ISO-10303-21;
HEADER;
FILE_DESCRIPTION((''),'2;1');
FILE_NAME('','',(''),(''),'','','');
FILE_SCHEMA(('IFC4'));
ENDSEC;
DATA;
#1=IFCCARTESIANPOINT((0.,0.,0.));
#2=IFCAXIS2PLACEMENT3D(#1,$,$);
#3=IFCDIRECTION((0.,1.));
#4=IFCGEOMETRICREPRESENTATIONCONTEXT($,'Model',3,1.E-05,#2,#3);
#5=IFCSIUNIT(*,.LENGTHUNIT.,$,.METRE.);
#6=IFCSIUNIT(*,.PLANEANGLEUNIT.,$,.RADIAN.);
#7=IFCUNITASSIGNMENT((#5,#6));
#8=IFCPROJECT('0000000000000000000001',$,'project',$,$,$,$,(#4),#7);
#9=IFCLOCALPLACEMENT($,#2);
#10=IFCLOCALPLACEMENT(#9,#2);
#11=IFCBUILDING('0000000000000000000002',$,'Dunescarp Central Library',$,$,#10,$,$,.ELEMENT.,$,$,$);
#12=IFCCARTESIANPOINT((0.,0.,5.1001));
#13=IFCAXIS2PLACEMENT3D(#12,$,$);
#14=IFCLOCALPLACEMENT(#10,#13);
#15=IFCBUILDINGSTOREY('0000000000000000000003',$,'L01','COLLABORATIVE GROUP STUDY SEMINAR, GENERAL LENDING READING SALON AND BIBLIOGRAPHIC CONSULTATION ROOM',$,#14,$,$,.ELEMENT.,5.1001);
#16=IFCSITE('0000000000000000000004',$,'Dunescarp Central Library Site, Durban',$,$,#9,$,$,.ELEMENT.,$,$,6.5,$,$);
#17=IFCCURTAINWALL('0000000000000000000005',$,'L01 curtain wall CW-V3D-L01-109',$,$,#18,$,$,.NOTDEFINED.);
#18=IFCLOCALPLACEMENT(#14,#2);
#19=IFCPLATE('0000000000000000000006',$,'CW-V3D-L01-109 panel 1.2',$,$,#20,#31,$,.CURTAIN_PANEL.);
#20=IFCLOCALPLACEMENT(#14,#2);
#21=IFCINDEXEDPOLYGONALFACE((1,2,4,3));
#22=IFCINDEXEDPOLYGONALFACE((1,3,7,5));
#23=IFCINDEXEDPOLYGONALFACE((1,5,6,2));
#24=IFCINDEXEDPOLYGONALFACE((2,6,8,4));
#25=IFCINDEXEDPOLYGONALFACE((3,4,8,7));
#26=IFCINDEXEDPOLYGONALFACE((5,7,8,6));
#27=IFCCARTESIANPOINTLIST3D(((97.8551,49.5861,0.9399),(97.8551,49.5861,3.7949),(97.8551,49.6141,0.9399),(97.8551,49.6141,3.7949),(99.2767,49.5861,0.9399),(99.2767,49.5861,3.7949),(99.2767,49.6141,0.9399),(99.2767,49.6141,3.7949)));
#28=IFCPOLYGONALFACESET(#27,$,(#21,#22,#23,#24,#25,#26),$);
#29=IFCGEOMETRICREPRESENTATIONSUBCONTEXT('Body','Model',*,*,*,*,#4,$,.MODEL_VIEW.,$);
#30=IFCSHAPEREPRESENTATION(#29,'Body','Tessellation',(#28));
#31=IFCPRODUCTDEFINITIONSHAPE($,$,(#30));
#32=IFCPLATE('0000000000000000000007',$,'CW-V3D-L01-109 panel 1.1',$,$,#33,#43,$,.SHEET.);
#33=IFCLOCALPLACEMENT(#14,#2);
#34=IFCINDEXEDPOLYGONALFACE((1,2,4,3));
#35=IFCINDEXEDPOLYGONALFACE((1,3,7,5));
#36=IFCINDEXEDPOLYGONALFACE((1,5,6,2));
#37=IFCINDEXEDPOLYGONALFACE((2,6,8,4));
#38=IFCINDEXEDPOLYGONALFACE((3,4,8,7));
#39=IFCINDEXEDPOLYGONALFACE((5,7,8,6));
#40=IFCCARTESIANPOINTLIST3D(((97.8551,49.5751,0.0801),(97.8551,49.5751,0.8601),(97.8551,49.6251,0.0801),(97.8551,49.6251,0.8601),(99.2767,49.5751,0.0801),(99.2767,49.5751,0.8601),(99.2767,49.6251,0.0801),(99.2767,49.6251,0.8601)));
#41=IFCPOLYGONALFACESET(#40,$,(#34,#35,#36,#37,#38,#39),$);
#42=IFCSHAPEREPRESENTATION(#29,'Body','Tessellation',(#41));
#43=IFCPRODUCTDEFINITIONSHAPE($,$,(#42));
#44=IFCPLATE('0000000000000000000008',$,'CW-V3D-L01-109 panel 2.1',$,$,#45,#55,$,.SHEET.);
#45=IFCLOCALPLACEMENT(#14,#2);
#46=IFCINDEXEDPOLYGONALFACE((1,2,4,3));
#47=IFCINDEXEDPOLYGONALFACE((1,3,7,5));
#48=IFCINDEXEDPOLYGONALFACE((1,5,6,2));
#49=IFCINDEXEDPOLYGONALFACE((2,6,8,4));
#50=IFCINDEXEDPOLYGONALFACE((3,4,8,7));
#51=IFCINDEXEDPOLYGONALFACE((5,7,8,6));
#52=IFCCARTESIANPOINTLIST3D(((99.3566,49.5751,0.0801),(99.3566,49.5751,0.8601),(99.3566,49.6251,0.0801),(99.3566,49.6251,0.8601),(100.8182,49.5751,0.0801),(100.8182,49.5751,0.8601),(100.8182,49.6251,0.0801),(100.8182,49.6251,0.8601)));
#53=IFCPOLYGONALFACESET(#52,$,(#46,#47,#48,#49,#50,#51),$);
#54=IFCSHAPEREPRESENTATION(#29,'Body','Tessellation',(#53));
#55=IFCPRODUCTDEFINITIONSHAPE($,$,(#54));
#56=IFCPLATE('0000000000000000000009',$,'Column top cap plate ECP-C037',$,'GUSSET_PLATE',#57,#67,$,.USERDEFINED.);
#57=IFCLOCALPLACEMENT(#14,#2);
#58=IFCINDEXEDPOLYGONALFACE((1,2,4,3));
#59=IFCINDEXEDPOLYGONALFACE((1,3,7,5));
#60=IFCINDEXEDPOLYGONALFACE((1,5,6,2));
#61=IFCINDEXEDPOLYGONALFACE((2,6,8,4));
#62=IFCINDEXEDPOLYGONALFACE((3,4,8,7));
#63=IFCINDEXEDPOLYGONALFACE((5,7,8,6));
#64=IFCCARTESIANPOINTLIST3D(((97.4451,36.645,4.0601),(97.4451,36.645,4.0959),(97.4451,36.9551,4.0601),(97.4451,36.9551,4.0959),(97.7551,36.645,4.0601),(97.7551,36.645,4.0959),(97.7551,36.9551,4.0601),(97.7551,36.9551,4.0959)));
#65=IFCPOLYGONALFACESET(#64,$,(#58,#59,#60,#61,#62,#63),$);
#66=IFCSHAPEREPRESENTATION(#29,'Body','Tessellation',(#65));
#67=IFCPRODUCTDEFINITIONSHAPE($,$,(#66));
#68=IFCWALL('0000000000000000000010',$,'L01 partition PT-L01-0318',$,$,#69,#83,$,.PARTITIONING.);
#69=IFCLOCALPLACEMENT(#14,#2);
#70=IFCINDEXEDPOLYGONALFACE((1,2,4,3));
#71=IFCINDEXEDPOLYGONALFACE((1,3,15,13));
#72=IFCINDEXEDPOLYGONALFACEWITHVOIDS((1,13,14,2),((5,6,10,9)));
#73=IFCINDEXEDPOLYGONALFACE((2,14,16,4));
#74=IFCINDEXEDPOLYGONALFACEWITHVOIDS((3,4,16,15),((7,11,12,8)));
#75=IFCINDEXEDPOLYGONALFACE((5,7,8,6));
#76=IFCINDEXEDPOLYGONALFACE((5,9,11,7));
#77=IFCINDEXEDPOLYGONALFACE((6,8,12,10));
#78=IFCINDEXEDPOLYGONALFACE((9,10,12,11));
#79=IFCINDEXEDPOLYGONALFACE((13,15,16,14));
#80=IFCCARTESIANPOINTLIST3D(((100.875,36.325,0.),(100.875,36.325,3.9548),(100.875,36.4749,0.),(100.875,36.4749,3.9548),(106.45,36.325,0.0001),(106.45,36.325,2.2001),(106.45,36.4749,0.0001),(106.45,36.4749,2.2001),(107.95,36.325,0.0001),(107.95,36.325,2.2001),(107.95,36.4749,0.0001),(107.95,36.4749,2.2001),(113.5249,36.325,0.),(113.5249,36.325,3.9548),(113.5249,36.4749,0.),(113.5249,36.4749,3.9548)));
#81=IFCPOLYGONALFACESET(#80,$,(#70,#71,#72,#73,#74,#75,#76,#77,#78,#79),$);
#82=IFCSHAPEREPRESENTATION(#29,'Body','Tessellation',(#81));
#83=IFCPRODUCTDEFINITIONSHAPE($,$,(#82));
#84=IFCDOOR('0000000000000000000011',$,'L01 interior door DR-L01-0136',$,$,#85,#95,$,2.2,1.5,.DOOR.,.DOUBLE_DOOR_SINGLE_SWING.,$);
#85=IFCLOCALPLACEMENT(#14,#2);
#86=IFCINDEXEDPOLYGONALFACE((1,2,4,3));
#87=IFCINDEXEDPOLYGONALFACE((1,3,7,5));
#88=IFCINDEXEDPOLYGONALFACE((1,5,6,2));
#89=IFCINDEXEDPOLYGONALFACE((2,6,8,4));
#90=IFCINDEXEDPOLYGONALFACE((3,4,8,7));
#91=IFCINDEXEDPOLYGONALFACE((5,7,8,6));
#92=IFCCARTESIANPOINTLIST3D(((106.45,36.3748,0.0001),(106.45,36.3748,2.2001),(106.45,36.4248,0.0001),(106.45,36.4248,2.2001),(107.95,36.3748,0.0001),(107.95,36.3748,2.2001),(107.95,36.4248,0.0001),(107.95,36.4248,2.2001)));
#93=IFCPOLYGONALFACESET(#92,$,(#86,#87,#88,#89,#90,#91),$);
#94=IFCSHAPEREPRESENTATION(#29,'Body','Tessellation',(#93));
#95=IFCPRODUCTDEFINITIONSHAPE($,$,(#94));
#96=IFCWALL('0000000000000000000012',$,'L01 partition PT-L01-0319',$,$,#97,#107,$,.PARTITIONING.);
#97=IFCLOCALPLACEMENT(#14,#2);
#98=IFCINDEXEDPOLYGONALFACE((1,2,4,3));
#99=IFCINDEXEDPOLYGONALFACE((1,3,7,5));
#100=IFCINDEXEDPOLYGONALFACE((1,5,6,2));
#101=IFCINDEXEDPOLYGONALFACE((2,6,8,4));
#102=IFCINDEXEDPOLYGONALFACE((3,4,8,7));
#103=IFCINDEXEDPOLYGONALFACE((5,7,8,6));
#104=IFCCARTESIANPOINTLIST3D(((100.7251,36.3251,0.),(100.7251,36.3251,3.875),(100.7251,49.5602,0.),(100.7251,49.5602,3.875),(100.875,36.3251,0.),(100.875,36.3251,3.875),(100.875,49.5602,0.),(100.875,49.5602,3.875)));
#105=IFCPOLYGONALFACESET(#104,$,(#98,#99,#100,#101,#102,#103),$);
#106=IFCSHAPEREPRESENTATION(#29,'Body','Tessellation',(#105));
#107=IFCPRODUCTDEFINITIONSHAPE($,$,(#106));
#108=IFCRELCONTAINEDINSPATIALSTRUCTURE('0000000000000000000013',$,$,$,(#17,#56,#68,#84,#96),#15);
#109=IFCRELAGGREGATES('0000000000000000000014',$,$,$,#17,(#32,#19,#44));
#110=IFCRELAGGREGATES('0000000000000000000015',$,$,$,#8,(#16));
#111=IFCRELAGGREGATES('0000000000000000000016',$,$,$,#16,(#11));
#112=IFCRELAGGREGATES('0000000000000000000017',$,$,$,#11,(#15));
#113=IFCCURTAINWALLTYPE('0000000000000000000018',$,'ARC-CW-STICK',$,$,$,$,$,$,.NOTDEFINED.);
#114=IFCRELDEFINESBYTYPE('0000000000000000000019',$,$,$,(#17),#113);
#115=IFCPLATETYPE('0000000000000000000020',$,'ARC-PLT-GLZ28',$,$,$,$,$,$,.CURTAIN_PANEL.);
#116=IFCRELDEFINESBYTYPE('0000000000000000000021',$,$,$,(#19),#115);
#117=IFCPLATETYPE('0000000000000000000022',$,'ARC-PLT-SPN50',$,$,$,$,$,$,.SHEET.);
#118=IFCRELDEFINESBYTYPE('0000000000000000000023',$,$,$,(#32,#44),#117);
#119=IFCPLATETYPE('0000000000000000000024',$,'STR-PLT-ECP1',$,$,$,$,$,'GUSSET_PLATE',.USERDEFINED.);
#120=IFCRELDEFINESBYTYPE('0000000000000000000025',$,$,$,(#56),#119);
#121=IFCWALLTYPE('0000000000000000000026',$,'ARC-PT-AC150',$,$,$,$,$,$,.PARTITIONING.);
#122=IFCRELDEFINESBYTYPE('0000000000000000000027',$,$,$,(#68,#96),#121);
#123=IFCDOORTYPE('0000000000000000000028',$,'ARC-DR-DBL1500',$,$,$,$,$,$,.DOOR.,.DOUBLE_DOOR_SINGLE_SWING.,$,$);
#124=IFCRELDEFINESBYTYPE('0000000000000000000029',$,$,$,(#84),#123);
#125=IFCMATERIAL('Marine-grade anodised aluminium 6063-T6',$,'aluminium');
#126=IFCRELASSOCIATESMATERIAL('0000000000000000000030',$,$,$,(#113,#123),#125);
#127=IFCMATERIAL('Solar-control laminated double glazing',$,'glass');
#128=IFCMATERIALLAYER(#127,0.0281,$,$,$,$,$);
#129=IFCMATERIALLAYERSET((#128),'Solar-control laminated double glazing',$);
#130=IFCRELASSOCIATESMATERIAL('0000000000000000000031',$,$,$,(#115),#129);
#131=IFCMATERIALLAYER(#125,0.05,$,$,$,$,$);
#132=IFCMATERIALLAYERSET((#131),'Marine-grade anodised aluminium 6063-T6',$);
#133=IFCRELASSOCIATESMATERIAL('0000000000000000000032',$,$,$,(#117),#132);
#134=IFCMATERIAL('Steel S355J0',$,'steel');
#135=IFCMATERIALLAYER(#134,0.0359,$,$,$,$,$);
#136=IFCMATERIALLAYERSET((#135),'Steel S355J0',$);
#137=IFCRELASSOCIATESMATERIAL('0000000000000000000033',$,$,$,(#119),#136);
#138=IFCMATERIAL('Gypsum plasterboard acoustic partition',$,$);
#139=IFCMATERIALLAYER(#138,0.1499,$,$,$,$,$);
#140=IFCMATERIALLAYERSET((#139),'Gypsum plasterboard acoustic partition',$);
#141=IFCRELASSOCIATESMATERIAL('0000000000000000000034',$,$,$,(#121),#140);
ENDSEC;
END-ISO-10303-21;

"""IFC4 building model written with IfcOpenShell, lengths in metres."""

from ifc_helpers import new_model, si_unit, direction, frame, frame_2d, origin, origin_2d, place, context, subcontext, project, spatial, rectangle, extrude, material, layer, layer_set, type_object, element, fill, aggregate, save


model = new_model("IFC4")

# Units and contexts
model_context = context("Model", 3, precision=1e-05, world=origin(), true_north=direction((0.0, 1.0)))
body_context = subcontext(model_context, "Body", "Model", "MODEL_VIEW")
ifc_project = project(units=[si_unit("LENGTHUNIT", "METRE"), si_unit("PLANEANGLEUNIT", "RADIAN")], contexts=[model_context])

# Site, building, storey
site_placement = place(None, origin())
site = spatial("IfcSite", under=ifc_project, at=site_placement, Name="Dunescarp Central Library Site, Durban", CompositionType="ELEMENT", RefElevation=6.5)
building_placement = place(site_placement, origin())
building = spatial("IfcBuilding", under=site, at=building_placement, Name="Dunescarp Central Library", CompositionType="ELEMENT")
storey_placement = place(building_placement, frame((0.0, 0.0, 5.1001)))
storey = spatial("IfcBuildingStorey", under=building, at=storey_placement, Name="L01", Description="COLLABORATIVE GROUP STUDY SEMINAR, GENERAL LENDING READING SALON AND BIBLIOGRAPHIC CONSULTATION ROOM", CompositionType="ELEMENT", Elevation=5.1001)

# Shared definitions
ifc_material_1 = material(Name="Steel S355J0", Category="steel")

# Curtain wall
ifc_material_2 = material(Name="Marine-grade anodised aluminium 6063-T6", Category="aluminium")
curtain_wall_type = type_object("IfcCurtainWallType", Name="ARC-CW-STICK", PredefinedType="NOTDEFINED", material=ifc_material_2)
curtain_wall_placement = place(storey_placement, origin())
curtain_wall = element("IfcCurtainWall", 1, at=curtain_wall_placement, inside=storey, type_object=curtain_wall_type, Name="L01 curtain wall CW-V3D-L01-109", PredefinedType="NOTDEFINED")

# Plates
ifc_material_3 = material(Name="Solar-control laminated double glazing", Category="glass")
ifc_layer_1 = layer(ifc_material_3, 0.0281)
ifc_layer_set_1 = layer_set([ifc_layer_1], Name="Solar-control laminated double glazing")
plate_type_1 = type_object("IfcPlateType", Name="ARC-PLT-GLZ28", PredefinedType="CURTAIN_PANEL", material=ifc_layer_set_1)
plate_1_placement = place(storey_placement, frame((98.5659, 49.6001, 0.9399), z_axis=(0.0, 0.0, 1.0), x_axis=(1.0, 0.0, 0.0)))
plate_1 = element("IfcPlate", 2, at=plate_1_placement, type_object=plate_type_1, Name="CW-V3D-L01-109 panel 1.2", PredefinedType="CURTAIN_PANEL", context=body_context, shape_type="SweptSolid", body=[
    extrude(rectangle(XDim=1.4216, YDim=0.0281, at=origin_2d()), origin(), (0.0, 0.0, 1.0), 2.855),
])
ifc_layer_2 = layer(ifc_material_2, 0.05)
ifc_layer_set_2 = layer_set([ifc_layer_2], Name="Marine-grade anodised aluminium 6063-T6")
plate_type_2 = type_object("IfcPlateType", Name="ARC-PLT-SPN50", PredefinedType="SHEET", material=ifc_layer_set_2)
plate_2_placement = place(storey_placement, frame((98.5659, 49.6001, 0.0801), z_axis=(0.0, 0.0, 1.0), x_axis=(1.0, 0.0, 0.0)))
plate_2 = element("IfcPlate", 3, at=plate_2_placement, type_object=plate_type_2, Name="CW-V3D-L01-109 panel 1.1", PredefinedType="SHEET", context=body_context, shape_type="SweptSolid", body=[
    extrude(rectangle(XDim=1.4216, YDim=0.05, at=origin_2d()), origin(), (0.0, 0.0, 1.0), 0.78),
])
plate_3_placement = place(storey_placement, frame((100.0874, 49.6001, 0.0801), z_axis=(0.0, 0.0, 1.0), x_axis=(1.0, 0.0, 0.0)))
plate_3 = element("IfcPlate", 4, at=plate_3_placement, type_object=plate_type_2, Name="CW-V3D-L01-109 panel 2.1", PredefinedType="SHEET", context=body_context, shape_type="SweptSolid", body=[
    extrude(rectangle(XDim=1.4617, YDim=0.05, at=origin_2d()), origin(), (0.0, 0.0, 1.0), 0.78),
])
aggregate(curtain_wall, [plate_2, plate_1, plate_3])
ifc_layer_3 = layer(ifc_material_1, 0.0359)
ifc_layer_set_3 = layer_set([ifc_layer_3], Name="Steel S355J0")
plate_type_3 = type_object("IfcPlateType", Name="STR-PLT-ECP1", ElementType="GUSSET_PLATE", PredefinedType="USERDEFINED", material=ifc_layer_set_3)
plate_4_placement = place(storey_placement, frame((97.6001, 36.8, 4.0601), z_axis=(0.0, 0.0, 1.0), x_axis=(1.0, 0.0, 0.0)))
element("IfcPlate", 5, at=plate_4_placement, inside=storey, type_object=plate_type_3, Name="Column top cap plate ECP-C037", ObjectType="GUSSET_PLATE", PredefinedType="USERDEFINED", context=body_context, shape_type="SweptSolid", body=[
    extrude(rectangle(XDim=0.3101, YDim=0.3101, at=origin_2d()), origin(), (0.0, 0.0, 1.0), 0.0359),
])

# Wall, opening, door
ifc_material_4 = material(Name="Gypsum plasterboard acoustic partition")
ifc_layer_4 = layer(ifc_material_4, 0.1499)
ifc_layer_set_4 = layer_set([ifc_layer_4], Name="Gypsum plasterboard acoustic partition")
wall_type = type_object("IfcWallType", Name="ARC-PT-AC150", PredefinedType="PARTITIONING", material=ifc_layer_set_4)
wall_1_placement = place(storey_placement, frame((100.875, 36.3999, 0.0), z_axis=(0.0, 0.0, 1.0), x_axis=(1.0, 0.0, 0.0)))
wall_1 = element("IfcWall", 6, at=wall_1_placement, inside=storey, type_object=wall_type, Name="L01 partition PT-L01-0318", PredefinedType="PARTITIONING", context=body_context, shape_type="SweptSolid", body=[
    extrude(rectangle(XDim=12.6499, YDim=0.1499, at=frame_2d((6.325, 0.0))), origin(), (0.0, 0.0, 1.0), 3.9548),
])
opening_placement = place(wall_1_placement, frame((5.575, 0.0, 0.0)))
opening = element("IfcOpeningElement", 7, at=opening_placement, cuts=wall_1, PredefinedType="OPENING", context=body_context, shape_type="SweptSolid", body=[
    extrude(rectangle(XDim=1.5, YDim=2.2, at=frame_2d((0.75, 1.1001))), frame((0.0, 0.085, 0.0), z_axis=(0.0, -1.0, 0.0), x_axis=(1.0, 0.0, 0.0)), (0.0, 0.0, 1.0), 0.1699),
])
door_type = type_object("IfcDoorType", Name="ARC-DR-DBL1500", OperationType="DOUBLE_DOOR_SINGLE_SWING", PredefinedType="DOOR", material=ifc_material_2)
door_placement = place(opening_placement, origin())
door = element("IfcDoor", 8, at=door_placement, inside=storey, type_object=door_type, Name="L01 interior door DR-L01-0136", OperationType="DOUBLE_DOOR_SINGLE_SWING", OverallHeight=2.2, OverallWidth=1.5, PredefinedType="DOOR", context=body_context, shape_type="SweptSolid", body=[
    extrude(rectangle(XDim=1.5, YDim=2.2, at=frame_2d((0.75, 1.1001))), frame((0.0, 0.0249, 0.0), z_axis=(0.0, -1.0, 0.0), x_axis=(1.0, 0.0, 0.0)), (0.0, 0.0, 1.0), 0.05),
])
fill(opening, door)

# Wall
wall_2_placement = place(storey_placement, frame((100.8, 36.325, 0.0), z_axis=(0.0, 0.0, 1.0), x_axis=(0.0, 1.0, 0.0)))
element("IfcWall", 9, at=wall_2_placement, inside=storey, type_object=wall_type, Name="L01 partition PT-L01-0319", PredefinedType="PARTITIONING", context=body_context, shape_type="SweptSolid", body=[
    extrude(rectangle(XDim=13.2351, YDim=0.1499, at=frame_2d((6.6177, 0.0))), origin(), (0.0, 0.0, 1.0), 3.875),
])

save(model, "model.ifc")
